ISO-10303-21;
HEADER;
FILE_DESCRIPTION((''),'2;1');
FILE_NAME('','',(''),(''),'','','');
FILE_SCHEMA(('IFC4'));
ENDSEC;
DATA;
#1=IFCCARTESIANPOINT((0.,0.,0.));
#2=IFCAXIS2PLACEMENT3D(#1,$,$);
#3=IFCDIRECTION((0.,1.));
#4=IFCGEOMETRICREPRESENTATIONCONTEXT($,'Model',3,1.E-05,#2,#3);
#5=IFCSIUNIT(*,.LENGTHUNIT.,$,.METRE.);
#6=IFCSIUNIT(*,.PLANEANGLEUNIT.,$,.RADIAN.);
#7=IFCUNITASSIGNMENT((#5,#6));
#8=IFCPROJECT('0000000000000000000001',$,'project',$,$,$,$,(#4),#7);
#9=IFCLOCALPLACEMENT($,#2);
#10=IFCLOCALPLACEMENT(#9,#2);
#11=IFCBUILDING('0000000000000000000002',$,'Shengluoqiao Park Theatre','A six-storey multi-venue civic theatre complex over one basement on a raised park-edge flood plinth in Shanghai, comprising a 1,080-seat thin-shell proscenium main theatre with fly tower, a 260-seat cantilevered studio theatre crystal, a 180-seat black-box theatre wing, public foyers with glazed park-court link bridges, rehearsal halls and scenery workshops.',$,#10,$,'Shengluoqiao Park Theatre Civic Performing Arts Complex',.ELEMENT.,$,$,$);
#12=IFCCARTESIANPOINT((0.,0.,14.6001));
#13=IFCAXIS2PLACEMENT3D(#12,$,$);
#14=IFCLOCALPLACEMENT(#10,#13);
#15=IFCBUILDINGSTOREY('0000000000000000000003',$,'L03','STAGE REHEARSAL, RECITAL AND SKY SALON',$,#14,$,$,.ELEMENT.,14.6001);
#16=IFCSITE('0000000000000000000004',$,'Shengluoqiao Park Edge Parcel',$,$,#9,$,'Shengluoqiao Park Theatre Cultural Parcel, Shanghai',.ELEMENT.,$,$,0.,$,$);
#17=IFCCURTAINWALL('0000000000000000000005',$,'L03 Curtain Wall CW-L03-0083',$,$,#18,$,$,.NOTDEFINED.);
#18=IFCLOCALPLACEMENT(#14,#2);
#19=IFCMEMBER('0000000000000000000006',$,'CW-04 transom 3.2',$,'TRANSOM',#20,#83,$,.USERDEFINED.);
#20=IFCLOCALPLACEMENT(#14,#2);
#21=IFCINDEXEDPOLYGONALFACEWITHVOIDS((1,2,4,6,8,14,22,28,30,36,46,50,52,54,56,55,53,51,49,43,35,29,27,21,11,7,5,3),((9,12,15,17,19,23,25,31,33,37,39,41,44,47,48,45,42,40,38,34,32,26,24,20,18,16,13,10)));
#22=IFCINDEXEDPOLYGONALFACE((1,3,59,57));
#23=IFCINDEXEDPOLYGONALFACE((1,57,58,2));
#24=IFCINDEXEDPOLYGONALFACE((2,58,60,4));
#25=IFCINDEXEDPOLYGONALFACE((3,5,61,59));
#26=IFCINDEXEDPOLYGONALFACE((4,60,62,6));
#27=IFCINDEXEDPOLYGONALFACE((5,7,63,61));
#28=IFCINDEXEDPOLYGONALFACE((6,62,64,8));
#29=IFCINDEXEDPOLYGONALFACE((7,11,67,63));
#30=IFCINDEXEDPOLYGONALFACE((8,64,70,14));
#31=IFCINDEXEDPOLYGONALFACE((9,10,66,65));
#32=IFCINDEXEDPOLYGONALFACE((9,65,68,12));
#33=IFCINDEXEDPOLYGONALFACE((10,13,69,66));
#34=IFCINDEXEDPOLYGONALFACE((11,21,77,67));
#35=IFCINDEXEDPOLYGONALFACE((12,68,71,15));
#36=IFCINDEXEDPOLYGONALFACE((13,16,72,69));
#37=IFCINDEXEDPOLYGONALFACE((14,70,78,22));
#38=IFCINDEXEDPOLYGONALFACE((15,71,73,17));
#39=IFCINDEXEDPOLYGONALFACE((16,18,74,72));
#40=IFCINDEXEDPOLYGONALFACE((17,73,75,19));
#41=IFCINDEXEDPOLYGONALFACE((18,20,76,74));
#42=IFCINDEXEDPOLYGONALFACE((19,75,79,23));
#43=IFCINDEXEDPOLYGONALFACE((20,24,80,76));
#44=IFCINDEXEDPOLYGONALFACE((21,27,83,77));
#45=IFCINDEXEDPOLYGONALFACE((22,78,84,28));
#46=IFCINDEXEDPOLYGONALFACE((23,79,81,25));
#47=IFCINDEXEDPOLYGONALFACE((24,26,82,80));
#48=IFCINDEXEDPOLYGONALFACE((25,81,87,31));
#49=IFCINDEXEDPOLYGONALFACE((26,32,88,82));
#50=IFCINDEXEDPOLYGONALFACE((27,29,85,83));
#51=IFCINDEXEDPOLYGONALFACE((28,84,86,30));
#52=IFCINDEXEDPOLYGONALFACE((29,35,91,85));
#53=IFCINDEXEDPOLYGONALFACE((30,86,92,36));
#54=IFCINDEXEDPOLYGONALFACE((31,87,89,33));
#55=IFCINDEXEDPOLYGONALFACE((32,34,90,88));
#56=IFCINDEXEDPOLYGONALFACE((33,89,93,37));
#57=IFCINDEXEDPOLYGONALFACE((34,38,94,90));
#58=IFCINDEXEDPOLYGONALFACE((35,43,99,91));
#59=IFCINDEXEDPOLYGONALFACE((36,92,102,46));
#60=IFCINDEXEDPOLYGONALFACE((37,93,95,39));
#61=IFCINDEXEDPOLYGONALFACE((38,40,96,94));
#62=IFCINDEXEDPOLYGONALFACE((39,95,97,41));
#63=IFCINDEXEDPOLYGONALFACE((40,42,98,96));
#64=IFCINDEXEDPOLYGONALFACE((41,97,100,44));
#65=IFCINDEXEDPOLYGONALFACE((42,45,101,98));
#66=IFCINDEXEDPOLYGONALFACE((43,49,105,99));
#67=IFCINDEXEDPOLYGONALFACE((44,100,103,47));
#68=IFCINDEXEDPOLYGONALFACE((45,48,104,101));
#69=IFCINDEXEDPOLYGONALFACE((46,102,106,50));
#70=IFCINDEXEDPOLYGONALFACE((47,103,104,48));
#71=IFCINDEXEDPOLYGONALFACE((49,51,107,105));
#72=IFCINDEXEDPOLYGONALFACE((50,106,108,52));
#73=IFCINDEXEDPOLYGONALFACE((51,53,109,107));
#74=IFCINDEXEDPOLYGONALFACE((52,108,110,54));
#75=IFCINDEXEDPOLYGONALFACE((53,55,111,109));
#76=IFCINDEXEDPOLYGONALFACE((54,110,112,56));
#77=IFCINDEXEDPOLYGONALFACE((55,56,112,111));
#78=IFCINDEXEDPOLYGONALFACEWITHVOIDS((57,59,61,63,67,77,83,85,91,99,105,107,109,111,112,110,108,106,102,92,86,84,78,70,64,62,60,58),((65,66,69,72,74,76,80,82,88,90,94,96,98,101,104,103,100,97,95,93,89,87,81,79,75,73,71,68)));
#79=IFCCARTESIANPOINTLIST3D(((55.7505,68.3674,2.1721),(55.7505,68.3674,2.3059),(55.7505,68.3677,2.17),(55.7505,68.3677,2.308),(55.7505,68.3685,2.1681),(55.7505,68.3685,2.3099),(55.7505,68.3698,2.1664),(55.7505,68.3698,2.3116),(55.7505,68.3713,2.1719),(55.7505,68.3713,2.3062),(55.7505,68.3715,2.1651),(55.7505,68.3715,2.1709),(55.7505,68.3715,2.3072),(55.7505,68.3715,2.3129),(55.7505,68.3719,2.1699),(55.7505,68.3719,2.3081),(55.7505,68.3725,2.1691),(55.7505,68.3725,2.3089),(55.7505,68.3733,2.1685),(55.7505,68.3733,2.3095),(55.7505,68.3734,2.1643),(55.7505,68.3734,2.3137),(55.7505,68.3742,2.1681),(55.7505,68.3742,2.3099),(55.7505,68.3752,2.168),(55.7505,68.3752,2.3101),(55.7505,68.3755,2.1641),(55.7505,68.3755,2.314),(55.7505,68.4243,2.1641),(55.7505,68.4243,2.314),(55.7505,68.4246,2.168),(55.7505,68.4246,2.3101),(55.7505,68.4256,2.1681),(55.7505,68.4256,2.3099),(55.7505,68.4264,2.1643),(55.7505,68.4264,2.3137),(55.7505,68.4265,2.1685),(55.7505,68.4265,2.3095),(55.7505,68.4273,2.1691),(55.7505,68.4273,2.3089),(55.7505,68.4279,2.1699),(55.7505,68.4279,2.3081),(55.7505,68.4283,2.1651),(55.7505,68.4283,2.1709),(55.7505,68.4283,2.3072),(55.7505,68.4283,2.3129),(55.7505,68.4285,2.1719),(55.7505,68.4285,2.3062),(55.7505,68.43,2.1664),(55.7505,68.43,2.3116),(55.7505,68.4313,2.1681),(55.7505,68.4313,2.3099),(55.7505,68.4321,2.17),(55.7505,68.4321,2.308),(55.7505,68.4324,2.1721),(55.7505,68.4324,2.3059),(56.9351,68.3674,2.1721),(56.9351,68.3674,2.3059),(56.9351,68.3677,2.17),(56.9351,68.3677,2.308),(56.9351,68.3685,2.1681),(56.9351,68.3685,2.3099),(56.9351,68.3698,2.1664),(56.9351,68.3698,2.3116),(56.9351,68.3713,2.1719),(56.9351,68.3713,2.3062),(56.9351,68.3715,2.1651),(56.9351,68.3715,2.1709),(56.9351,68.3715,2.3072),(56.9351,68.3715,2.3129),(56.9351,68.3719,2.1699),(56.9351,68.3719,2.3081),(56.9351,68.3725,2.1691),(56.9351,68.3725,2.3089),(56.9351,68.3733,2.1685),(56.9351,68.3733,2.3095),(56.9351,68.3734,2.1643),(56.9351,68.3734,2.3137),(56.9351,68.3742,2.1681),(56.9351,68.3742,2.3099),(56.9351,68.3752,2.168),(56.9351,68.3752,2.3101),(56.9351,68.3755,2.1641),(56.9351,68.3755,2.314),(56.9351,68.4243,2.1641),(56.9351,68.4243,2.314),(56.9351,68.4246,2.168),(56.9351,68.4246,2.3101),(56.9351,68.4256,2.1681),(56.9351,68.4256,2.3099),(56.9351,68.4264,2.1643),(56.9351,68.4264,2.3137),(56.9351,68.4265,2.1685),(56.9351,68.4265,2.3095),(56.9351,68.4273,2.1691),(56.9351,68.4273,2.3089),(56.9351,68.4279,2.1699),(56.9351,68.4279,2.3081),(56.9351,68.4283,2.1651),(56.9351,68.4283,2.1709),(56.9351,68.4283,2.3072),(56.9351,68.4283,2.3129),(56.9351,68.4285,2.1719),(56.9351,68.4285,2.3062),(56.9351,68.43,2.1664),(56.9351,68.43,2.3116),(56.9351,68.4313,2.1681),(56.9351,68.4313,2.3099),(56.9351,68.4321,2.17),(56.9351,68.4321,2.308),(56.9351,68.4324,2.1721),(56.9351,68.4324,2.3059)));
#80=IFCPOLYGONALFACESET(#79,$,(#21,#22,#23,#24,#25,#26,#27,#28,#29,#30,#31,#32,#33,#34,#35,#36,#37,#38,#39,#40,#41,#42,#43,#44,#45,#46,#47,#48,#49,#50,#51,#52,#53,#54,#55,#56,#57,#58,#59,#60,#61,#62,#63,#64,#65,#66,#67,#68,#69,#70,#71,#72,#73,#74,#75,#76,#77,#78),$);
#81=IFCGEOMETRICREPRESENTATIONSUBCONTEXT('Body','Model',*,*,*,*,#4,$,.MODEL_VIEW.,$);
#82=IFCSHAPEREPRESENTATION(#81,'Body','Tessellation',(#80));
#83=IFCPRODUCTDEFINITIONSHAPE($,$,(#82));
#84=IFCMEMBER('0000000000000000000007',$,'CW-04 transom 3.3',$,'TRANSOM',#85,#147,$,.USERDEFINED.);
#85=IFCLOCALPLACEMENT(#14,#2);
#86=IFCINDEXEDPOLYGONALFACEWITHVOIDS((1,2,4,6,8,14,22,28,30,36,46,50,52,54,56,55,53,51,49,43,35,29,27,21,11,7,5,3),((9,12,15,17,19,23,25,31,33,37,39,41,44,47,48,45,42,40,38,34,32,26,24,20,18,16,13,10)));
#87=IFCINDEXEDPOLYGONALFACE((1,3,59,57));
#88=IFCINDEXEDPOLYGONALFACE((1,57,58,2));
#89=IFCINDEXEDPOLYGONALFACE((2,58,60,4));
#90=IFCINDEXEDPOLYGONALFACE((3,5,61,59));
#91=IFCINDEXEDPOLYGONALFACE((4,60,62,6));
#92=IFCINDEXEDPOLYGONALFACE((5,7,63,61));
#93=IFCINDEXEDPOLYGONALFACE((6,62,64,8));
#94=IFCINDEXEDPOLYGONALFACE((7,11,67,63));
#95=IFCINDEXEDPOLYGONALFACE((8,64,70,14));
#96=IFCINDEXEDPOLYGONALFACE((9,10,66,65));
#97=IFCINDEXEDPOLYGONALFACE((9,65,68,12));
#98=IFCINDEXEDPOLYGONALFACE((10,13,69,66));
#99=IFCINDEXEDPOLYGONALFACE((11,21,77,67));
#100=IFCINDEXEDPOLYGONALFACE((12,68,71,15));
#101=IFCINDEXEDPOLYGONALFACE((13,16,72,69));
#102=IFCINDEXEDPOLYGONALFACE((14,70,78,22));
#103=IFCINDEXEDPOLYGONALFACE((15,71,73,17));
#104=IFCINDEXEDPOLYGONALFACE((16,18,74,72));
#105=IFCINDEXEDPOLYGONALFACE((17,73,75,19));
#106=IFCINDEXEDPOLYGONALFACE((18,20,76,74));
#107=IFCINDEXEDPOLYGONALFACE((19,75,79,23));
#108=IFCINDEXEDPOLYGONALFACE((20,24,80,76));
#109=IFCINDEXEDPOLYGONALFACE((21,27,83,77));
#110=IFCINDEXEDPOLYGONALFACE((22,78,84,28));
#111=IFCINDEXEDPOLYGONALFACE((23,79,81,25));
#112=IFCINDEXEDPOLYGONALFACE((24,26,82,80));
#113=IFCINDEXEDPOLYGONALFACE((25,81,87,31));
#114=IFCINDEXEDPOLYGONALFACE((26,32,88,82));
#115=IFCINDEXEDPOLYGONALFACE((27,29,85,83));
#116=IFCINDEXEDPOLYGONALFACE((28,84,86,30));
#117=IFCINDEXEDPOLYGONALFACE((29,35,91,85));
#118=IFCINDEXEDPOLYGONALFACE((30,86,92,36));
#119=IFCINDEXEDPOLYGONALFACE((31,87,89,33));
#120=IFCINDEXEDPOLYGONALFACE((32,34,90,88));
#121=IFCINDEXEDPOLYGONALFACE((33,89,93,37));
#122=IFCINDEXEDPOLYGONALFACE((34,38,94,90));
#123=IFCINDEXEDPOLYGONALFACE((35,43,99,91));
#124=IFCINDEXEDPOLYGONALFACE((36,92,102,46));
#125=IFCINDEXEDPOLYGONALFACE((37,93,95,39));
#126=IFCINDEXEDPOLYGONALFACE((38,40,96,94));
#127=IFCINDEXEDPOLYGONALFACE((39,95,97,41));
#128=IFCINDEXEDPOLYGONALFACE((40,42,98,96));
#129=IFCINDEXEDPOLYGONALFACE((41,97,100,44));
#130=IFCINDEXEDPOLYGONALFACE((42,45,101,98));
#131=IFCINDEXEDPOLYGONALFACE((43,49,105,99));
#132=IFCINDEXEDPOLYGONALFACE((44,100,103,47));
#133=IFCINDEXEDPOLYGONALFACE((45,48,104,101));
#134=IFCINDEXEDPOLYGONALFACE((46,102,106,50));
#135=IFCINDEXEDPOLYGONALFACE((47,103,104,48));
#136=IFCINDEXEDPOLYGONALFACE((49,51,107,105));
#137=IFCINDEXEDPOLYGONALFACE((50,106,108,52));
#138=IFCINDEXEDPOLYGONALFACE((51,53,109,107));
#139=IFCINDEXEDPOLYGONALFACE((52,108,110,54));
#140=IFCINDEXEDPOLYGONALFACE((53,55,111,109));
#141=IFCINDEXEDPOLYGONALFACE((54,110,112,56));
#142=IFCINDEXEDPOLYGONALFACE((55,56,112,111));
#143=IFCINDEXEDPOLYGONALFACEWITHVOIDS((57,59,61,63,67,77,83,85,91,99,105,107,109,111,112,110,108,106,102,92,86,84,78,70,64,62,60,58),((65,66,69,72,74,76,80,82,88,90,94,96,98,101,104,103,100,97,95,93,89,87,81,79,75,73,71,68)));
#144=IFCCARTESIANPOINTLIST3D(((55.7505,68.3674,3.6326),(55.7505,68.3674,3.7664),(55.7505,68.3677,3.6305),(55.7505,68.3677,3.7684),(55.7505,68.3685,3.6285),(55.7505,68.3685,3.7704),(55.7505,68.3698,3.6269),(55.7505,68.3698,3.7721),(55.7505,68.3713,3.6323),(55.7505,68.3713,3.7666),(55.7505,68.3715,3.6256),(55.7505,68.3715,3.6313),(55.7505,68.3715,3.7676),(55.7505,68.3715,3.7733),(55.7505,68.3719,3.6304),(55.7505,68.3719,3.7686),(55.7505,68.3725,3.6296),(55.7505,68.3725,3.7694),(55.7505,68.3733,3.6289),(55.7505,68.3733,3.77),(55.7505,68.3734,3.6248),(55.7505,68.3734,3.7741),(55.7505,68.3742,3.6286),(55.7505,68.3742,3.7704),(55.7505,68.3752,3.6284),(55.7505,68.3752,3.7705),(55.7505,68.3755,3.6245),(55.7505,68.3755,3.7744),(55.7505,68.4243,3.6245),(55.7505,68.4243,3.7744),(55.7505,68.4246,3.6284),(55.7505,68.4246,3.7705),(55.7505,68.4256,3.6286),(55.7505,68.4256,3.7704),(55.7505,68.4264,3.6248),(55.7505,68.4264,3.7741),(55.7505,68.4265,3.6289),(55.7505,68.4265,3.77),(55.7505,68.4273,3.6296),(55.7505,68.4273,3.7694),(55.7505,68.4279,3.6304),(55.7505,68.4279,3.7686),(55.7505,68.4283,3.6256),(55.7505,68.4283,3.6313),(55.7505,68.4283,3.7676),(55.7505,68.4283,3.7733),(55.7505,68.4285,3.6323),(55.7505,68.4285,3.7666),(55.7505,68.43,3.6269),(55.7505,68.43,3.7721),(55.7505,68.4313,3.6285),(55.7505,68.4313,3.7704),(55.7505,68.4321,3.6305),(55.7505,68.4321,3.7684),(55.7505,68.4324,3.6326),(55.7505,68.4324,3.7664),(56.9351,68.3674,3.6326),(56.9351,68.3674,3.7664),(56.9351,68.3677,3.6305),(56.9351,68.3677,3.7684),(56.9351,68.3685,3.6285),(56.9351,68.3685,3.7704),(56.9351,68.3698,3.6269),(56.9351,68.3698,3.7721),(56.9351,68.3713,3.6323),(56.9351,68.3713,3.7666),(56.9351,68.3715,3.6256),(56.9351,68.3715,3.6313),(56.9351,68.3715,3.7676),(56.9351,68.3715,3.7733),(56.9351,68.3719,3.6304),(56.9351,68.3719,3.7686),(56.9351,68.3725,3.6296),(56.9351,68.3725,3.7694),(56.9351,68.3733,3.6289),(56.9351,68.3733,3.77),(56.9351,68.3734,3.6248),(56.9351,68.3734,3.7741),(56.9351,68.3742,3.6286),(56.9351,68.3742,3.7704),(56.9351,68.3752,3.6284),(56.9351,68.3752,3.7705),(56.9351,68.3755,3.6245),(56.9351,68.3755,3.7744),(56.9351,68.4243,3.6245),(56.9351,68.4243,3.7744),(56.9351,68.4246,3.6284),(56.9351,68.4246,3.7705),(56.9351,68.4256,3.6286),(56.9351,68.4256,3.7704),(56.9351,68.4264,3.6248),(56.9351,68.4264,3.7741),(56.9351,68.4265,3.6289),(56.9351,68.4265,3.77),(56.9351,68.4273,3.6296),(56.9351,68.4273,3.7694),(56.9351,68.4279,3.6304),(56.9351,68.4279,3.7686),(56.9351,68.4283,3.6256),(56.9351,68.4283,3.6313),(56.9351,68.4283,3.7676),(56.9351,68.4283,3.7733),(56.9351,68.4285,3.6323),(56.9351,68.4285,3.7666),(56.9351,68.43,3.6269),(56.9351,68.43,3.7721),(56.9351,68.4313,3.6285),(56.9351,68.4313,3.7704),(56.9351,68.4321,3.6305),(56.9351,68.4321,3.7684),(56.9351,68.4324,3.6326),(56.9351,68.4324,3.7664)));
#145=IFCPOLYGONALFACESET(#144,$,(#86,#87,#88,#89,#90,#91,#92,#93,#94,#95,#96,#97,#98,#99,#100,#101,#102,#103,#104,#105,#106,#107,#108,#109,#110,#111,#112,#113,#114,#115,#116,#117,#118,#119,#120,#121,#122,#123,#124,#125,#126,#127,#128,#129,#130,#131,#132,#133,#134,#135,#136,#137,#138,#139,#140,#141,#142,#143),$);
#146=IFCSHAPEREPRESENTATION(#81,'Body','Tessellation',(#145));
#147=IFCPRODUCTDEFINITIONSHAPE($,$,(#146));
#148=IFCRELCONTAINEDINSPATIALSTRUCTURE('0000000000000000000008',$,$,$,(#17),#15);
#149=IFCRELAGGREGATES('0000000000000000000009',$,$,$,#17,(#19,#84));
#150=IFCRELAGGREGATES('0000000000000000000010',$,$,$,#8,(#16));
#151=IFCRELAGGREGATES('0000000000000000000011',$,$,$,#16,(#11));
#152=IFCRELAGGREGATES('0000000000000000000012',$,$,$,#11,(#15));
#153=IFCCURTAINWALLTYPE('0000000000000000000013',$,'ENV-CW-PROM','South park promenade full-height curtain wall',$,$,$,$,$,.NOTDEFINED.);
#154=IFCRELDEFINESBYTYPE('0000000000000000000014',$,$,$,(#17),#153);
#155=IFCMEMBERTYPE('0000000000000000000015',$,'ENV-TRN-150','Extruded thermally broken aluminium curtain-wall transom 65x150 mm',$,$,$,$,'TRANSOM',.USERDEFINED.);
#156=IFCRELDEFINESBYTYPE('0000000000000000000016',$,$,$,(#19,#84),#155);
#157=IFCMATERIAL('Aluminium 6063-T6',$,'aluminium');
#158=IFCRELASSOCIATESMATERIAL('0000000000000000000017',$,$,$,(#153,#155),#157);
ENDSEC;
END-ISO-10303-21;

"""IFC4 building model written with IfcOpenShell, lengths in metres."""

from ifc_helpers import new_model, si_unit, direction, frame, origin, origin_2d, place, context, subcontext, project, spatial, hollow_rectangle, extrude, material, material_profile, profile_set, type_object, element, aggregate, save


model = new_model("IFC4")

# Units and contexts
model_context = context("Model", 3, precision=1e-05, world=origin(), true_north=direction((0.0, 1.0)))
body_context = subcontext(model_context, "Body", "Model", "MODEL_VIEW")
ifc_project = project(units=[si_unit("LENGTHUNIT", "METRE"), si_unit("PLANEANGLEUNIT", "RADIAN")], contexts=[model_context])

# Site, building, storey
site_placement = place(None, origin())
site = spatial("IfcSite", under=ifc_project, at=site_placement, Name="Shengluoqiao Park Edge Parcel", LongName="Shengluoqiao Park Theatre Cultural Parcel, Shanghai", CompositionType="ELEMENT", RefElevation=0.0)
building_placement = place(site_placement, origin())
building = spatial("IfcBuilding", under=site, at=building_placement, Name="Shengluoqiao Park Theatre", Description="A six-storey multi-venue civic theatre complex over one basement on a raised park-edge flood plinth in Shanghai, comprising a 1,080-seat thin-shell proscenium main theatre with fly tower, a 260-seat cantilevered studio theatre crystal, a 180-seat black-box theatre wing, public foyers with glazed park-court link bridges, rehearsal halls and scenery workshops.", LongName="Shengluoqiao Park Theatre Civic Performing Arts Complex", CompositionType="ELEMENT")
storey_placement = place(building_placement, frame((0.0, 0.0, 14.6001)))
storey = spatial("IfcBuildingStorey", under=building, at=storey_placement, Name="L03", Description="STAGE REHEARSAL, RECITAL AND SKY SALON", CompositionType="ELEMENT", Elevation=14.6001)

# Curtain wall
ifc_material_1 = material(Name="Aluminium 6063-T6", Category="aluminium")
curtain_wall_type = type_object("IfcCurtainWallType", Name="ENV-CW-PROM", Description="South park promenade full-height curtain wall", PredefinedType="NOTDEFINED", material=ifc_material_1)
curtain_wall_1_placement = place(storey_placement, origin())
curtain_wall_1 = element("IfcCurtainWall", 1, at=curtain_wall_1_placement, inside=storey, type_object=curtain_wall_type, Name="L03 Curtain Wall CW-L03-0083", PredefinedType="NOTDEFINED")

# Members
ifc_material_profile_1 = material_profile(ifc_material_1, hollow_rectangle(XDim=0.0649, YDim=0.1499, WallThickness=0.0039, InnerFilletRadius=0.0039, OuterFilletRadius=0.0081, at=origin_2d()), Name="ALU TRANSOM 150x65x4")
ifc_profile_set_1 = profile_set([ifc_material_profile_1], Name="Aluminium 6063-T6")
member_type_1 = type_object("IfcMemberType", Name="ENV-TRN-150", Description="Extruded thermally broken aluminium curtain-wall transom 65x150 mm", ElementType="TRANSOM", PredefinedType="USERDEFINED", material=ifc_profile_set_1)
member_1_placement = place(storey_placement, frame((55.7505, 68.3999, 2.239), z_axis=(1.0, 0.0, 0.0), x_axis=(0.0, 1.0, 0.0)))
member_1 = element("IfcMember", 2, at=member_1_placement, type_object=member_type_1, Name="CW-04 transom 3.2", ObjectType="TRANSOM", PredefinedType="USERDEFINED", context=body_context, shape_type="SweptSolid", body=[
    extrude(hollow_rectangle(XDim=0.0649, YDim=0.1499, WallThickness=0.0039, InnerFilletRadius=0.0039, OuterFilletRadius=0.0081, at=origin_2d()), origin(), (0.0, 0.0, 1.0), 1.1846),
])
member_2_placement = place(storey_placement, frame((55.7505, 68.3999, 3.6995), z_axis=(1.0, 0.0, 0.0), x_axis=(0.0, 1.0, 0.0)))
member_2 = element("IfcMember", 3, at=member_2_placement, type_object=member_type_1, Name="CW-04 transom 3.3", ObjectType="TRANSOM", PredefinedType="USERDEFINED", context=body_context, shape_type="SweptSolid", body=[
    extrude(hollow_rectangle(XDim=0.0649, YDim=0.1499, WallThickness=0.0039, InnerFilletRadius=0.0039, OuterFilletRadius=0.0081, at=origin_2d()), origin(), (0.0, 0.0, 1.0), 1.1846),
])

aggregate(curtain_wall_1, [member_1, member_2])

save(model, "model.ifc")
